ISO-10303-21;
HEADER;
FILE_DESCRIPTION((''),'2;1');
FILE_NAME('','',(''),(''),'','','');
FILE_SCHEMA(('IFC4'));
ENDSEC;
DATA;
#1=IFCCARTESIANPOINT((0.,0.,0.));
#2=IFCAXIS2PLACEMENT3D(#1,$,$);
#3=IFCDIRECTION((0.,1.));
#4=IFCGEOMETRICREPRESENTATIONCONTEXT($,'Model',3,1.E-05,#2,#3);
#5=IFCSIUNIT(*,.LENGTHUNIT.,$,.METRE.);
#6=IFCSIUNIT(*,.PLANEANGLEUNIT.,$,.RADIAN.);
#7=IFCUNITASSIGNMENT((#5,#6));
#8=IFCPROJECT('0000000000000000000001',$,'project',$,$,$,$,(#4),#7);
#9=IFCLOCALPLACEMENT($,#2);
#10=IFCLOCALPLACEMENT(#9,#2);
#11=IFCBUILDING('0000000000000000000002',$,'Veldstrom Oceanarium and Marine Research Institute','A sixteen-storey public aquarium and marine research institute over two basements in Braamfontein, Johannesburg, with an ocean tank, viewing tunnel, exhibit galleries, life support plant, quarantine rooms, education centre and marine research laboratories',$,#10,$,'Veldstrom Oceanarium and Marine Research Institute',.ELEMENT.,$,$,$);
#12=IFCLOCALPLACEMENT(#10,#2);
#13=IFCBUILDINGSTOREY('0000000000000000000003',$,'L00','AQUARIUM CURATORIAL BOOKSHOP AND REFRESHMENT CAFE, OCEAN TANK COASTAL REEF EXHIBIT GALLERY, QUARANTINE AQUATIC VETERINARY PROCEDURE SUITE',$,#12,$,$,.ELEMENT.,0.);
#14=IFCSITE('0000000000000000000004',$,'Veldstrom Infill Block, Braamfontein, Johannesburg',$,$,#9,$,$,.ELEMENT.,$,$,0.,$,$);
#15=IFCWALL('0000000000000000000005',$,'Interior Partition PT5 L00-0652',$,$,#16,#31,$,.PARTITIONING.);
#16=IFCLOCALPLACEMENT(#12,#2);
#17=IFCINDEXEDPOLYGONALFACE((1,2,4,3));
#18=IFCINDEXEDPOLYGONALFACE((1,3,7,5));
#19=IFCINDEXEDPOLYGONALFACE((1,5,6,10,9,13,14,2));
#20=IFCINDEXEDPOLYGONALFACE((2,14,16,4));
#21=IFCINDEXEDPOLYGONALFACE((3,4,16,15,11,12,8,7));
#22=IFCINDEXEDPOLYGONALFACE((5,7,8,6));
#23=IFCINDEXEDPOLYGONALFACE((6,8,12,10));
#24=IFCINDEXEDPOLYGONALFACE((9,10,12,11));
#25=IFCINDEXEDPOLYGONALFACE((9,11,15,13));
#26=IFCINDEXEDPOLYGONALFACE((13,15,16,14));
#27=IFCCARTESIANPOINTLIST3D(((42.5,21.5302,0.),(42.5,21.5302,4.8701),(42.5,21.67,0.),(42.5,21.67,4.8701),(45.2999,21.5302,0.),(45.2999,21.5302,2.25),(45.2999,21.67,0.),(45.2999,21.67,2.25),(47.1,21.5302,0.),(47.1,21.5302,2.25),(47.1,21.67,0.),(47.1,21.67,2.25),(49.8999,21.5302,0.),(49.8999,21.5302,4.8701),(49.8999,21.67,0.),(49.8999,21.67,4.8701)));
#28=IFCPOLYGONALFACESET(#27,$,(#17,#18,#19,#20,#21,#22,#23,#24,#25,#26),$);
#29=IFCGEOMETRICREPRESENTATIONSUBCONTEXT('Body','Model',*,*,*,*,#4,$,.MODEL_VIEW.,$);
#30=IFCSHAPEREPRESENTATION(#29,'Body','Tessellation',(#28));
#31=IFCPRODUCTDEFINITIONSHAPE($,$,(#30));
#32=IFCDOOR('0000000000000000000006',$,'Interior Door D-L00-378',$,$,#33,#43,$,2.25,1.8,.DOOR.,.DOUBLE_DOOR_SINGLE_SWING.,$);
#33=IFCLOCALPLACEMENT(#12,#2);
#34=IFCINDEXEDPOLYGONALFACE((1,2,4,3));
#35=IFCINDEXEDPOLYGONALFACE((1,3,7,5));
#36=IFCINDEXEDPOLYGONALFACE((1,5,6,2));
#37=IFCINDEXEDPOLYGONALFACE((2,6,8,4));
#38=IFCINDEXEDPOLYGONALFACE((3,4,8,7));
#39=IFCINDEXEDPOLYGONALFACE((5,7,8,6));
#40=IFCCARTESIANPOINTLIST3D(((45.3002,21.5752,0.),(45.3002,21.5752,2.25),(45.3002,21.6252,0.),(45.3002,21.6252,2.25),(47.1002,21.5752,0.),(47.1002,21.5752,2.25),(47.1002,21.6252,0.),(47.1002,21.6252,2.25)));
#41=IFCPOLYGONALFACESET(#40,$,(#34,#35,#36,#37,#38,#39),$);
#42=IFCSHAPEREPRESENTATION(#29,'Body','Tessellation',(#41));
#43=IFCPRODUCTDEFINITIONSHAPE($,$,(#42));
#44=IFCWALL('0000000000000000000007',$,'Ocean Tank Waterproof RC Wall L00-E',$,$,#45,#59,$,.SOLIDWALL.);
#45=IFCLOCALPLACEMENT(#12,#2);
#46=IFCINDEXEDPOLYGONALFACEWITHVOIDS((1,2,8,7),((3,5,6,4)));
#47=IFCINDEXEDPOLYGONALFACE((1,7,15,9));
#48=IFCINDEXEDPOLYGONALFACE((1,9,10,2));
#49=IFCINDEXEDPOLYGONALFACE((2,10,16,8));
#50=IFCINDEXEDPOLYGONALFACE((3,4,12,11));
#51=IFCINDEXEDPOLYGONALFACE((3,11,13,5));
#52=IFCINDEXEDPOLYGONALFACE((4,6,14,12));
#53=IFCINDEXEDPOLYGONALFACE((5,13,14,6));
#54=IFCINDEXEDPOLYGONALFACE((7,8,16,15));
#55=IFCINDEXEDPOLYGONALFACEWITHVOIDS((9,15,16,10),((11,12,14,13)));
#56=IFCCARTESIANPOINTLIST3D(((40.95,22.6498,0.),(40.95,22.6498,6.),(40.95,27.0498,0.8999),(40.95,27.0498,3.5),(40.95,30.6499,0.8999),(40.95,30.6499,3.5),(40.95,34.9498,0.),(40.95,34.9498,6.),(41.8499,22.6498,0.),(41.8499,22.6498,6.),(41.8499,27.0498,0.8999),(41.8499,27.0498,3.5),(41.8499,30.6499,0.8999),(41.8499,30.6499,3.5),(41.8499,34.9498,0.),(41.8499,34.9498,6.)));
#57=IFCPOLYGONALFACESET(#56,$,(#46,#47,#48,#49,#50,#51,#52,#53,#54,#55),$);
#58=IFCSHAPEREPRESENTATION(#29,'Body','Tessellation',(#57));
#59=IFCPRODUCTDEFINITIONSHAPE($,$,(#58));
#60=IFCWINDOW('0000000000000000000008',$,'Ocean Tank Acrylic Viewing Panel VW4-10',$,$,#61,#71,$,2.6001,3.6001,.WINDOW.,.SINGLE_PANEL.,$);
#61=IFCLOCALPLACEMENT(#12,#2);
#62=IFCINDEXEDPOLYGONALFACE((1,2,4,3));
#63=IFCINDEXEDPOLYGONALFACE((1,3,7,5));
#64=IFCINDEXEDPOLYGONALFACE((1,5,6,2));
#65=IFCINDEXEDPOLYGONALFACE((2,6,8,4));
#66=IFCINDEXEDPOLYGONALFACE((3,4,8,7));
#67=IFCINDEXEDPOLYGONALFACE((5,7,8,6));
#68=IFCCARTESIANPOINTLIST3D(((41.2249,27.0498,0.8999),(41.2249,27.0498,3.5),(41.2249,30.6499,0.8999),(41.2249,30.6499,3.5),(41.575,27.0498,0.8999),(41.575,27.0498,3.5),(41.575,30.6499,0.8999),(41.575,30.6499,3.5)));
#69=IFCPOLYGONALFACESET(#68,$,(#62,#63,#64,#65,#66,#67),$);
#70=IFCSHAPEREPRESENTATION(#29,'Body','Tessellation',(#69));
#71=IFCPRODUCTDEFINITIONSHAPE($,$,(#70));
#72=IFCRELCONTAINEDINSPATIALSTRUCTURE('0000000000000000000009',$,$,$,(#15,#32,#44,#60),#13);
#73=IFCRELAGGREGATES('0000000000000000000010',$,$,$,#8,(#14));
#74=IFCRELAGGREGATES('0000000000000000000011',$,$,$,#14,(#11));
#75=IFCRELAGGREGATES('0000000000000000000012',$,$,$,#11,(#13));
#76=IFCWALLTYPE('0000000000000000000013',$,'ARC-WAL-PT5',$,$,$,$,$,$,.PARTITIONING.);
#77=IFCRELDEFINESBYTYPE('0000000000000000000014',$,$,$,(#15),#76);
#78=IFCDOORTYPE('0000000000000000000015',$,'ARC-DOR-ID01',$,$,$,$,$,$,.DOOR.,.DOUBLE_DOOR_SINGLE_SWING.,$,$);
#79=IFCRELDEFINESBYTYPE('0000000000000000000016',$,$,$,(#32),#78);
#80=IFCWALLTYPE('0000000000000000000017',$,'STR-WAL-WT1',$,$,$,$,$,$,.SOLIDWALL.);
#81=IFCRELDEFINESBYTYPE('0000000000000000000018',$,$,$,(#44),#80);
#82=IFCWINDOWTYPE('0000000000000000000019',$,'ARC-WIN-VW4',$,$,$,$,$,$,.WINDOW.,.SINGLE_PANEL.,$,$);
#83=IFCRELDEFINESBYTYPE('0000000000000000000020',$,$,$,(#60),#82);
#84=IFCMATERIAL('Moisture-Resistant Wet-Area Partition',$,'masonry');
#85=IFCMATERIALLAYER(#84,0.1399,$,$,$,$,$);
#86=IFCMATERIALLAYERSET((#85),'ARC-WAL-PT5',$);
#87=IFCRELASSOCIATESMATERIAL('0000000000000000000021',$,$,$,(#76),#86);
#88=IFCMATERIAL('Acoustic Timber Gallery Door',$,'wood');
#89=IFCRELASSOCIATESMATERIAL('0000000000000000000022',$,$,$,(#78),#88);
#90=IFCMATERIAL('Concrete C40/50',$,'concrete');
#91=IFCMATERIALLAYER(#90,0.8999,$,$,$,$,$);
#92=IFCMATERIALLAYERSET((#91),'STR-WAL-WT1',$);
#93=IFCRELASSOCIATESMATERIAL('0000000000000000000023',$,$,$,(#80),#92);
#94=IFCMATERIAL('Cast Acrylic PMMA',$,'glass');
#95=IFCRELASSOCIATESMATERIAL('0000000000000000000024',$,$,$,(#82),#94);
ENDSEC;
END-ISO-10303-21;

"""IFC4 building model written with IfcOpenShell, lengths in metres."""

from ifc_helpers import new_model, si_unit, direction, frame, frame_2d, origin, place, context, subcontext, project, spatial, rectangle, extrude, material, layer, layer_set, type_object, element, fill, save


model = new_model("IFC4")

# Units and contexts
model_context = context("Model", 3, precision=1e-05, world=origin(), true_north=direction((0.0, 1.0)))
body_context = subcontext(model_context, "Body", "Model", "MODEL_VIEW")
ifc_project = project(units=[si_unit("LENGTHUNIT", "METRE"), si_unit("PLANEANGLEUNIT", "RADIAN")], contexts=[model_context])

# Site, building, storey
site_placement = place(None, origin())
site = spatial("IfcSite", under=ifc_project, at=site_placement, Name="Veldstrom Infill Block, Braamfontein, Johannesburg", CompositionType="ELEMENT", RefElevation=0.0)
building_placement = place(site_placement, origin())
building = spatial("IfcBuilding", under=site, at=building_placement, Name="Veldstrom Oceanarium and Marine Research Institute", Description="A sixteen-storey public aquarium and marine research institute over two basements in Braamfontein, Johannesburg, with an ocean tank, viewing tunnel, exhibit galleries, life support plant, quarantine rooms, education centre and marine research laboratories", LongName="Veldstrom Oceanarium and Marine Research Institute", CompositionType="ELEMENT")
storey_placement = place(building_placement, origin())
storey = spatial("IfcBuildingStorey", under=building, at=storey_placement, Name="L00", Description="AQUARIUM CURATORIAL BOOKSHOP AND REFRESHMENT CAFE, OCEAN TANK COASTAL REEF EXHIBIT GALLERY, QUARANTINE AQUATIC VETERINARY PROCEDURE SUITE", CompositionType="ELEMENT", Elevation=0.0)

# Wall, opening, door
ifc_material_1 = material(Name="Moisture-Resistant Wet-Area Partition", Category="masonry")
ifc_layer_1 = layer(ifc_material_1, 0.1399)
ifc_layer_set_1 = layer_set([ifc_layer_1], Name="ARC-WAL-PT5")
wall_type_1 = type_object("IfcWallType", Name="ARC-WAL-PT5", PredefinedType="PARTITIONING", material=ifc_layer_set_1)
wall_1_placement = place(storey_placement, frame((42.5, 21.6001, 0.0), z_axis=(0.0, 0.0, 1.0), x_axis=(1.0, 0.0, 0.0)))
wall_1 = element("IfcWall", 1, at=wall_1_placement, inside=storey, type_object=wall_type_1, Name="Interior Partition PT5 L00-0652", PredefinedType="PARTITIONING", context=body_context, shape_type="SweptSolid", body=[
    extrude(rectangle(XDim=7.3999, YDim=0.1399, at=frame_2d((3.7, 0.0))), origin(), (0.0, 0.0, 1.0), 4.8701),
])
opening_1_placement = place(wall_1_placement, frame((2.8, 0.0, 0.0)))
opening_1 = element("IfcOpeningElement", 2, at=opening_1_placement, cuts=wall_1, PredefinedType="OPENING", context=body_context, shape_type="SweptSolid", body=[
    extrude(rectangle(XDim=1.8, YDim=2.25, at=frame_2d((0.8999, 1.125))), frame((0.0, 0.0798, 0.0), z_axis=(0.0, -1.0, 0.0), x_axis=(1.0, 0.0, 0.0)), (0.0, 0.0, 1.0), 0.1599),
])
ifc_material_2 = material(Name="Acoustic Timber Gallery Door", Category="wood")
door_type_1 = type_object("IfcDoorType", Name="ARC-DOR-ID01", OperationType="DOUBLE_DOOR_SINGLE_SWING", PredefinedType="DOOR", material=ifc_material_2)
door_1_placement = place(opening_1_placement, frame((1.8, 0.0, 0.0), z_axis=(0.0, 0.0, 1.0), x_axis=(-1.0, 0.0, 0.0)))
door_1 = element("IfcDoor", 3, at=door_1_placement, inside=storey, type_object=door_type_1, Name="Interior Door D-L00-378", OperationType="DOUBLE_DOOR_SINGLE_SWING", OverallHeight=2.25, OverallWidth=1.8, PredefinedType="DOOR", context=body_context, shape_type="SweptSolid", body=[
    extrude(rectangle(XDim=1.8, YDim=2.25, at=frame_2d((0.8999, 1.125))), frame((0.0, 0.0249, 0.0), z_axis=(0.0, -1.0, 0.0), x_axis=(1.0, 0.0, 0.0)), (0.0, 0.0, 1.0), 0.05),
])
fill(opening_1, door_1)

# Wall, opening, window
ifc_material_3 = material(Name="Concrete C40/50", Category="concrete")
ifc_layer_2 = layer(ifc_material_3, 0.8999)
ifc_layer_set_2 = layer_set([ifc_layer_2], Name="STR-WAL-WT1")
wall_type_2 = type_object("IfcWallType", Name="STR-WAL-WT1", PredefinedType="SOLIDWALL", material=ifc_layer_set_2)
wall_2_placement = place(storey_placement, frame((41.3999, 22.6499, 0.0), z_axis=(0.0, 0.0, 1.0), x_axis=(0.0, 1.0, 0.0)))
wall_2 = element("IfcWall", 4, at=wall_2_placement, inside=storey, type_object=wall_type_2, Name="Ocean Tank Waterproof RC Wall L00-E", PredefinedType="SOLIDWALL", context=body_context, shape_type="SweptSolid", body=[
    extrude(rectangle(XDim=12.3, YDim=0.8999, at=frame_2d((6.1499, 0.0))), origin(), (0.0, 0.0, 1.0), 6.0),
])
opening_2_placement = place(wall_2_placement, frame((4.3999, 0.0, 0.8999)))
opening_2 = element("IfcOpeningElement", 5, at=opening_2_placement, cuts=wall_2, PredefinedType="OPENING", context=body_context, shape_type="SweptSolid", body=[
    extrude(rectangle(XDim=3.6001, YDim=2.6001, at=frame_2d((1.8, 1.3))), frame((0.0, 0.46, 0.0), z_axis=(0.0, -1.0, 0.0), x_axis=(1.0, 0.0, 0.0)), (0.0, 0.0, 1.0), 0.9199),
])
ifc_material_4 = material(Name="Cast Acrylic PMMA", Category="glass")
window_type = type_object("IfcWindowType", Name="ARC-WIN-VW4", PartitioningType="SINGLE_PANEL", PredefinedType="WINDOW", material=ifc_material_4)
window_placement = place(opening_2_placement, origin())
window = element("IfcWindow", 6, at=window_placement, inside=storey, type_object=window_type, Name="Ocean Tank Acrylic Viewing Panel VW4-10", OverallHeight=2.6001, OverallWidth=3.6001, PartitioningType="SINGLE_PANEL", PredefinedType="WINDOW", context=body_context, shape_type="SweptSolid", body=[
    extrude(rectangle(XDim=3.6001, YDim=2.6001, at=frame_2d((1.8, 1.3))), frame((0.0, 0.175, 0.0), z_axis=(0.0, -1.0, 0.0), x_axis=(1.0, 0.0, 0.0)), (0.0, 0.0, 1.0), 0.3501),
])
fill(opening_2, window)

save(model, "model.ifc")
